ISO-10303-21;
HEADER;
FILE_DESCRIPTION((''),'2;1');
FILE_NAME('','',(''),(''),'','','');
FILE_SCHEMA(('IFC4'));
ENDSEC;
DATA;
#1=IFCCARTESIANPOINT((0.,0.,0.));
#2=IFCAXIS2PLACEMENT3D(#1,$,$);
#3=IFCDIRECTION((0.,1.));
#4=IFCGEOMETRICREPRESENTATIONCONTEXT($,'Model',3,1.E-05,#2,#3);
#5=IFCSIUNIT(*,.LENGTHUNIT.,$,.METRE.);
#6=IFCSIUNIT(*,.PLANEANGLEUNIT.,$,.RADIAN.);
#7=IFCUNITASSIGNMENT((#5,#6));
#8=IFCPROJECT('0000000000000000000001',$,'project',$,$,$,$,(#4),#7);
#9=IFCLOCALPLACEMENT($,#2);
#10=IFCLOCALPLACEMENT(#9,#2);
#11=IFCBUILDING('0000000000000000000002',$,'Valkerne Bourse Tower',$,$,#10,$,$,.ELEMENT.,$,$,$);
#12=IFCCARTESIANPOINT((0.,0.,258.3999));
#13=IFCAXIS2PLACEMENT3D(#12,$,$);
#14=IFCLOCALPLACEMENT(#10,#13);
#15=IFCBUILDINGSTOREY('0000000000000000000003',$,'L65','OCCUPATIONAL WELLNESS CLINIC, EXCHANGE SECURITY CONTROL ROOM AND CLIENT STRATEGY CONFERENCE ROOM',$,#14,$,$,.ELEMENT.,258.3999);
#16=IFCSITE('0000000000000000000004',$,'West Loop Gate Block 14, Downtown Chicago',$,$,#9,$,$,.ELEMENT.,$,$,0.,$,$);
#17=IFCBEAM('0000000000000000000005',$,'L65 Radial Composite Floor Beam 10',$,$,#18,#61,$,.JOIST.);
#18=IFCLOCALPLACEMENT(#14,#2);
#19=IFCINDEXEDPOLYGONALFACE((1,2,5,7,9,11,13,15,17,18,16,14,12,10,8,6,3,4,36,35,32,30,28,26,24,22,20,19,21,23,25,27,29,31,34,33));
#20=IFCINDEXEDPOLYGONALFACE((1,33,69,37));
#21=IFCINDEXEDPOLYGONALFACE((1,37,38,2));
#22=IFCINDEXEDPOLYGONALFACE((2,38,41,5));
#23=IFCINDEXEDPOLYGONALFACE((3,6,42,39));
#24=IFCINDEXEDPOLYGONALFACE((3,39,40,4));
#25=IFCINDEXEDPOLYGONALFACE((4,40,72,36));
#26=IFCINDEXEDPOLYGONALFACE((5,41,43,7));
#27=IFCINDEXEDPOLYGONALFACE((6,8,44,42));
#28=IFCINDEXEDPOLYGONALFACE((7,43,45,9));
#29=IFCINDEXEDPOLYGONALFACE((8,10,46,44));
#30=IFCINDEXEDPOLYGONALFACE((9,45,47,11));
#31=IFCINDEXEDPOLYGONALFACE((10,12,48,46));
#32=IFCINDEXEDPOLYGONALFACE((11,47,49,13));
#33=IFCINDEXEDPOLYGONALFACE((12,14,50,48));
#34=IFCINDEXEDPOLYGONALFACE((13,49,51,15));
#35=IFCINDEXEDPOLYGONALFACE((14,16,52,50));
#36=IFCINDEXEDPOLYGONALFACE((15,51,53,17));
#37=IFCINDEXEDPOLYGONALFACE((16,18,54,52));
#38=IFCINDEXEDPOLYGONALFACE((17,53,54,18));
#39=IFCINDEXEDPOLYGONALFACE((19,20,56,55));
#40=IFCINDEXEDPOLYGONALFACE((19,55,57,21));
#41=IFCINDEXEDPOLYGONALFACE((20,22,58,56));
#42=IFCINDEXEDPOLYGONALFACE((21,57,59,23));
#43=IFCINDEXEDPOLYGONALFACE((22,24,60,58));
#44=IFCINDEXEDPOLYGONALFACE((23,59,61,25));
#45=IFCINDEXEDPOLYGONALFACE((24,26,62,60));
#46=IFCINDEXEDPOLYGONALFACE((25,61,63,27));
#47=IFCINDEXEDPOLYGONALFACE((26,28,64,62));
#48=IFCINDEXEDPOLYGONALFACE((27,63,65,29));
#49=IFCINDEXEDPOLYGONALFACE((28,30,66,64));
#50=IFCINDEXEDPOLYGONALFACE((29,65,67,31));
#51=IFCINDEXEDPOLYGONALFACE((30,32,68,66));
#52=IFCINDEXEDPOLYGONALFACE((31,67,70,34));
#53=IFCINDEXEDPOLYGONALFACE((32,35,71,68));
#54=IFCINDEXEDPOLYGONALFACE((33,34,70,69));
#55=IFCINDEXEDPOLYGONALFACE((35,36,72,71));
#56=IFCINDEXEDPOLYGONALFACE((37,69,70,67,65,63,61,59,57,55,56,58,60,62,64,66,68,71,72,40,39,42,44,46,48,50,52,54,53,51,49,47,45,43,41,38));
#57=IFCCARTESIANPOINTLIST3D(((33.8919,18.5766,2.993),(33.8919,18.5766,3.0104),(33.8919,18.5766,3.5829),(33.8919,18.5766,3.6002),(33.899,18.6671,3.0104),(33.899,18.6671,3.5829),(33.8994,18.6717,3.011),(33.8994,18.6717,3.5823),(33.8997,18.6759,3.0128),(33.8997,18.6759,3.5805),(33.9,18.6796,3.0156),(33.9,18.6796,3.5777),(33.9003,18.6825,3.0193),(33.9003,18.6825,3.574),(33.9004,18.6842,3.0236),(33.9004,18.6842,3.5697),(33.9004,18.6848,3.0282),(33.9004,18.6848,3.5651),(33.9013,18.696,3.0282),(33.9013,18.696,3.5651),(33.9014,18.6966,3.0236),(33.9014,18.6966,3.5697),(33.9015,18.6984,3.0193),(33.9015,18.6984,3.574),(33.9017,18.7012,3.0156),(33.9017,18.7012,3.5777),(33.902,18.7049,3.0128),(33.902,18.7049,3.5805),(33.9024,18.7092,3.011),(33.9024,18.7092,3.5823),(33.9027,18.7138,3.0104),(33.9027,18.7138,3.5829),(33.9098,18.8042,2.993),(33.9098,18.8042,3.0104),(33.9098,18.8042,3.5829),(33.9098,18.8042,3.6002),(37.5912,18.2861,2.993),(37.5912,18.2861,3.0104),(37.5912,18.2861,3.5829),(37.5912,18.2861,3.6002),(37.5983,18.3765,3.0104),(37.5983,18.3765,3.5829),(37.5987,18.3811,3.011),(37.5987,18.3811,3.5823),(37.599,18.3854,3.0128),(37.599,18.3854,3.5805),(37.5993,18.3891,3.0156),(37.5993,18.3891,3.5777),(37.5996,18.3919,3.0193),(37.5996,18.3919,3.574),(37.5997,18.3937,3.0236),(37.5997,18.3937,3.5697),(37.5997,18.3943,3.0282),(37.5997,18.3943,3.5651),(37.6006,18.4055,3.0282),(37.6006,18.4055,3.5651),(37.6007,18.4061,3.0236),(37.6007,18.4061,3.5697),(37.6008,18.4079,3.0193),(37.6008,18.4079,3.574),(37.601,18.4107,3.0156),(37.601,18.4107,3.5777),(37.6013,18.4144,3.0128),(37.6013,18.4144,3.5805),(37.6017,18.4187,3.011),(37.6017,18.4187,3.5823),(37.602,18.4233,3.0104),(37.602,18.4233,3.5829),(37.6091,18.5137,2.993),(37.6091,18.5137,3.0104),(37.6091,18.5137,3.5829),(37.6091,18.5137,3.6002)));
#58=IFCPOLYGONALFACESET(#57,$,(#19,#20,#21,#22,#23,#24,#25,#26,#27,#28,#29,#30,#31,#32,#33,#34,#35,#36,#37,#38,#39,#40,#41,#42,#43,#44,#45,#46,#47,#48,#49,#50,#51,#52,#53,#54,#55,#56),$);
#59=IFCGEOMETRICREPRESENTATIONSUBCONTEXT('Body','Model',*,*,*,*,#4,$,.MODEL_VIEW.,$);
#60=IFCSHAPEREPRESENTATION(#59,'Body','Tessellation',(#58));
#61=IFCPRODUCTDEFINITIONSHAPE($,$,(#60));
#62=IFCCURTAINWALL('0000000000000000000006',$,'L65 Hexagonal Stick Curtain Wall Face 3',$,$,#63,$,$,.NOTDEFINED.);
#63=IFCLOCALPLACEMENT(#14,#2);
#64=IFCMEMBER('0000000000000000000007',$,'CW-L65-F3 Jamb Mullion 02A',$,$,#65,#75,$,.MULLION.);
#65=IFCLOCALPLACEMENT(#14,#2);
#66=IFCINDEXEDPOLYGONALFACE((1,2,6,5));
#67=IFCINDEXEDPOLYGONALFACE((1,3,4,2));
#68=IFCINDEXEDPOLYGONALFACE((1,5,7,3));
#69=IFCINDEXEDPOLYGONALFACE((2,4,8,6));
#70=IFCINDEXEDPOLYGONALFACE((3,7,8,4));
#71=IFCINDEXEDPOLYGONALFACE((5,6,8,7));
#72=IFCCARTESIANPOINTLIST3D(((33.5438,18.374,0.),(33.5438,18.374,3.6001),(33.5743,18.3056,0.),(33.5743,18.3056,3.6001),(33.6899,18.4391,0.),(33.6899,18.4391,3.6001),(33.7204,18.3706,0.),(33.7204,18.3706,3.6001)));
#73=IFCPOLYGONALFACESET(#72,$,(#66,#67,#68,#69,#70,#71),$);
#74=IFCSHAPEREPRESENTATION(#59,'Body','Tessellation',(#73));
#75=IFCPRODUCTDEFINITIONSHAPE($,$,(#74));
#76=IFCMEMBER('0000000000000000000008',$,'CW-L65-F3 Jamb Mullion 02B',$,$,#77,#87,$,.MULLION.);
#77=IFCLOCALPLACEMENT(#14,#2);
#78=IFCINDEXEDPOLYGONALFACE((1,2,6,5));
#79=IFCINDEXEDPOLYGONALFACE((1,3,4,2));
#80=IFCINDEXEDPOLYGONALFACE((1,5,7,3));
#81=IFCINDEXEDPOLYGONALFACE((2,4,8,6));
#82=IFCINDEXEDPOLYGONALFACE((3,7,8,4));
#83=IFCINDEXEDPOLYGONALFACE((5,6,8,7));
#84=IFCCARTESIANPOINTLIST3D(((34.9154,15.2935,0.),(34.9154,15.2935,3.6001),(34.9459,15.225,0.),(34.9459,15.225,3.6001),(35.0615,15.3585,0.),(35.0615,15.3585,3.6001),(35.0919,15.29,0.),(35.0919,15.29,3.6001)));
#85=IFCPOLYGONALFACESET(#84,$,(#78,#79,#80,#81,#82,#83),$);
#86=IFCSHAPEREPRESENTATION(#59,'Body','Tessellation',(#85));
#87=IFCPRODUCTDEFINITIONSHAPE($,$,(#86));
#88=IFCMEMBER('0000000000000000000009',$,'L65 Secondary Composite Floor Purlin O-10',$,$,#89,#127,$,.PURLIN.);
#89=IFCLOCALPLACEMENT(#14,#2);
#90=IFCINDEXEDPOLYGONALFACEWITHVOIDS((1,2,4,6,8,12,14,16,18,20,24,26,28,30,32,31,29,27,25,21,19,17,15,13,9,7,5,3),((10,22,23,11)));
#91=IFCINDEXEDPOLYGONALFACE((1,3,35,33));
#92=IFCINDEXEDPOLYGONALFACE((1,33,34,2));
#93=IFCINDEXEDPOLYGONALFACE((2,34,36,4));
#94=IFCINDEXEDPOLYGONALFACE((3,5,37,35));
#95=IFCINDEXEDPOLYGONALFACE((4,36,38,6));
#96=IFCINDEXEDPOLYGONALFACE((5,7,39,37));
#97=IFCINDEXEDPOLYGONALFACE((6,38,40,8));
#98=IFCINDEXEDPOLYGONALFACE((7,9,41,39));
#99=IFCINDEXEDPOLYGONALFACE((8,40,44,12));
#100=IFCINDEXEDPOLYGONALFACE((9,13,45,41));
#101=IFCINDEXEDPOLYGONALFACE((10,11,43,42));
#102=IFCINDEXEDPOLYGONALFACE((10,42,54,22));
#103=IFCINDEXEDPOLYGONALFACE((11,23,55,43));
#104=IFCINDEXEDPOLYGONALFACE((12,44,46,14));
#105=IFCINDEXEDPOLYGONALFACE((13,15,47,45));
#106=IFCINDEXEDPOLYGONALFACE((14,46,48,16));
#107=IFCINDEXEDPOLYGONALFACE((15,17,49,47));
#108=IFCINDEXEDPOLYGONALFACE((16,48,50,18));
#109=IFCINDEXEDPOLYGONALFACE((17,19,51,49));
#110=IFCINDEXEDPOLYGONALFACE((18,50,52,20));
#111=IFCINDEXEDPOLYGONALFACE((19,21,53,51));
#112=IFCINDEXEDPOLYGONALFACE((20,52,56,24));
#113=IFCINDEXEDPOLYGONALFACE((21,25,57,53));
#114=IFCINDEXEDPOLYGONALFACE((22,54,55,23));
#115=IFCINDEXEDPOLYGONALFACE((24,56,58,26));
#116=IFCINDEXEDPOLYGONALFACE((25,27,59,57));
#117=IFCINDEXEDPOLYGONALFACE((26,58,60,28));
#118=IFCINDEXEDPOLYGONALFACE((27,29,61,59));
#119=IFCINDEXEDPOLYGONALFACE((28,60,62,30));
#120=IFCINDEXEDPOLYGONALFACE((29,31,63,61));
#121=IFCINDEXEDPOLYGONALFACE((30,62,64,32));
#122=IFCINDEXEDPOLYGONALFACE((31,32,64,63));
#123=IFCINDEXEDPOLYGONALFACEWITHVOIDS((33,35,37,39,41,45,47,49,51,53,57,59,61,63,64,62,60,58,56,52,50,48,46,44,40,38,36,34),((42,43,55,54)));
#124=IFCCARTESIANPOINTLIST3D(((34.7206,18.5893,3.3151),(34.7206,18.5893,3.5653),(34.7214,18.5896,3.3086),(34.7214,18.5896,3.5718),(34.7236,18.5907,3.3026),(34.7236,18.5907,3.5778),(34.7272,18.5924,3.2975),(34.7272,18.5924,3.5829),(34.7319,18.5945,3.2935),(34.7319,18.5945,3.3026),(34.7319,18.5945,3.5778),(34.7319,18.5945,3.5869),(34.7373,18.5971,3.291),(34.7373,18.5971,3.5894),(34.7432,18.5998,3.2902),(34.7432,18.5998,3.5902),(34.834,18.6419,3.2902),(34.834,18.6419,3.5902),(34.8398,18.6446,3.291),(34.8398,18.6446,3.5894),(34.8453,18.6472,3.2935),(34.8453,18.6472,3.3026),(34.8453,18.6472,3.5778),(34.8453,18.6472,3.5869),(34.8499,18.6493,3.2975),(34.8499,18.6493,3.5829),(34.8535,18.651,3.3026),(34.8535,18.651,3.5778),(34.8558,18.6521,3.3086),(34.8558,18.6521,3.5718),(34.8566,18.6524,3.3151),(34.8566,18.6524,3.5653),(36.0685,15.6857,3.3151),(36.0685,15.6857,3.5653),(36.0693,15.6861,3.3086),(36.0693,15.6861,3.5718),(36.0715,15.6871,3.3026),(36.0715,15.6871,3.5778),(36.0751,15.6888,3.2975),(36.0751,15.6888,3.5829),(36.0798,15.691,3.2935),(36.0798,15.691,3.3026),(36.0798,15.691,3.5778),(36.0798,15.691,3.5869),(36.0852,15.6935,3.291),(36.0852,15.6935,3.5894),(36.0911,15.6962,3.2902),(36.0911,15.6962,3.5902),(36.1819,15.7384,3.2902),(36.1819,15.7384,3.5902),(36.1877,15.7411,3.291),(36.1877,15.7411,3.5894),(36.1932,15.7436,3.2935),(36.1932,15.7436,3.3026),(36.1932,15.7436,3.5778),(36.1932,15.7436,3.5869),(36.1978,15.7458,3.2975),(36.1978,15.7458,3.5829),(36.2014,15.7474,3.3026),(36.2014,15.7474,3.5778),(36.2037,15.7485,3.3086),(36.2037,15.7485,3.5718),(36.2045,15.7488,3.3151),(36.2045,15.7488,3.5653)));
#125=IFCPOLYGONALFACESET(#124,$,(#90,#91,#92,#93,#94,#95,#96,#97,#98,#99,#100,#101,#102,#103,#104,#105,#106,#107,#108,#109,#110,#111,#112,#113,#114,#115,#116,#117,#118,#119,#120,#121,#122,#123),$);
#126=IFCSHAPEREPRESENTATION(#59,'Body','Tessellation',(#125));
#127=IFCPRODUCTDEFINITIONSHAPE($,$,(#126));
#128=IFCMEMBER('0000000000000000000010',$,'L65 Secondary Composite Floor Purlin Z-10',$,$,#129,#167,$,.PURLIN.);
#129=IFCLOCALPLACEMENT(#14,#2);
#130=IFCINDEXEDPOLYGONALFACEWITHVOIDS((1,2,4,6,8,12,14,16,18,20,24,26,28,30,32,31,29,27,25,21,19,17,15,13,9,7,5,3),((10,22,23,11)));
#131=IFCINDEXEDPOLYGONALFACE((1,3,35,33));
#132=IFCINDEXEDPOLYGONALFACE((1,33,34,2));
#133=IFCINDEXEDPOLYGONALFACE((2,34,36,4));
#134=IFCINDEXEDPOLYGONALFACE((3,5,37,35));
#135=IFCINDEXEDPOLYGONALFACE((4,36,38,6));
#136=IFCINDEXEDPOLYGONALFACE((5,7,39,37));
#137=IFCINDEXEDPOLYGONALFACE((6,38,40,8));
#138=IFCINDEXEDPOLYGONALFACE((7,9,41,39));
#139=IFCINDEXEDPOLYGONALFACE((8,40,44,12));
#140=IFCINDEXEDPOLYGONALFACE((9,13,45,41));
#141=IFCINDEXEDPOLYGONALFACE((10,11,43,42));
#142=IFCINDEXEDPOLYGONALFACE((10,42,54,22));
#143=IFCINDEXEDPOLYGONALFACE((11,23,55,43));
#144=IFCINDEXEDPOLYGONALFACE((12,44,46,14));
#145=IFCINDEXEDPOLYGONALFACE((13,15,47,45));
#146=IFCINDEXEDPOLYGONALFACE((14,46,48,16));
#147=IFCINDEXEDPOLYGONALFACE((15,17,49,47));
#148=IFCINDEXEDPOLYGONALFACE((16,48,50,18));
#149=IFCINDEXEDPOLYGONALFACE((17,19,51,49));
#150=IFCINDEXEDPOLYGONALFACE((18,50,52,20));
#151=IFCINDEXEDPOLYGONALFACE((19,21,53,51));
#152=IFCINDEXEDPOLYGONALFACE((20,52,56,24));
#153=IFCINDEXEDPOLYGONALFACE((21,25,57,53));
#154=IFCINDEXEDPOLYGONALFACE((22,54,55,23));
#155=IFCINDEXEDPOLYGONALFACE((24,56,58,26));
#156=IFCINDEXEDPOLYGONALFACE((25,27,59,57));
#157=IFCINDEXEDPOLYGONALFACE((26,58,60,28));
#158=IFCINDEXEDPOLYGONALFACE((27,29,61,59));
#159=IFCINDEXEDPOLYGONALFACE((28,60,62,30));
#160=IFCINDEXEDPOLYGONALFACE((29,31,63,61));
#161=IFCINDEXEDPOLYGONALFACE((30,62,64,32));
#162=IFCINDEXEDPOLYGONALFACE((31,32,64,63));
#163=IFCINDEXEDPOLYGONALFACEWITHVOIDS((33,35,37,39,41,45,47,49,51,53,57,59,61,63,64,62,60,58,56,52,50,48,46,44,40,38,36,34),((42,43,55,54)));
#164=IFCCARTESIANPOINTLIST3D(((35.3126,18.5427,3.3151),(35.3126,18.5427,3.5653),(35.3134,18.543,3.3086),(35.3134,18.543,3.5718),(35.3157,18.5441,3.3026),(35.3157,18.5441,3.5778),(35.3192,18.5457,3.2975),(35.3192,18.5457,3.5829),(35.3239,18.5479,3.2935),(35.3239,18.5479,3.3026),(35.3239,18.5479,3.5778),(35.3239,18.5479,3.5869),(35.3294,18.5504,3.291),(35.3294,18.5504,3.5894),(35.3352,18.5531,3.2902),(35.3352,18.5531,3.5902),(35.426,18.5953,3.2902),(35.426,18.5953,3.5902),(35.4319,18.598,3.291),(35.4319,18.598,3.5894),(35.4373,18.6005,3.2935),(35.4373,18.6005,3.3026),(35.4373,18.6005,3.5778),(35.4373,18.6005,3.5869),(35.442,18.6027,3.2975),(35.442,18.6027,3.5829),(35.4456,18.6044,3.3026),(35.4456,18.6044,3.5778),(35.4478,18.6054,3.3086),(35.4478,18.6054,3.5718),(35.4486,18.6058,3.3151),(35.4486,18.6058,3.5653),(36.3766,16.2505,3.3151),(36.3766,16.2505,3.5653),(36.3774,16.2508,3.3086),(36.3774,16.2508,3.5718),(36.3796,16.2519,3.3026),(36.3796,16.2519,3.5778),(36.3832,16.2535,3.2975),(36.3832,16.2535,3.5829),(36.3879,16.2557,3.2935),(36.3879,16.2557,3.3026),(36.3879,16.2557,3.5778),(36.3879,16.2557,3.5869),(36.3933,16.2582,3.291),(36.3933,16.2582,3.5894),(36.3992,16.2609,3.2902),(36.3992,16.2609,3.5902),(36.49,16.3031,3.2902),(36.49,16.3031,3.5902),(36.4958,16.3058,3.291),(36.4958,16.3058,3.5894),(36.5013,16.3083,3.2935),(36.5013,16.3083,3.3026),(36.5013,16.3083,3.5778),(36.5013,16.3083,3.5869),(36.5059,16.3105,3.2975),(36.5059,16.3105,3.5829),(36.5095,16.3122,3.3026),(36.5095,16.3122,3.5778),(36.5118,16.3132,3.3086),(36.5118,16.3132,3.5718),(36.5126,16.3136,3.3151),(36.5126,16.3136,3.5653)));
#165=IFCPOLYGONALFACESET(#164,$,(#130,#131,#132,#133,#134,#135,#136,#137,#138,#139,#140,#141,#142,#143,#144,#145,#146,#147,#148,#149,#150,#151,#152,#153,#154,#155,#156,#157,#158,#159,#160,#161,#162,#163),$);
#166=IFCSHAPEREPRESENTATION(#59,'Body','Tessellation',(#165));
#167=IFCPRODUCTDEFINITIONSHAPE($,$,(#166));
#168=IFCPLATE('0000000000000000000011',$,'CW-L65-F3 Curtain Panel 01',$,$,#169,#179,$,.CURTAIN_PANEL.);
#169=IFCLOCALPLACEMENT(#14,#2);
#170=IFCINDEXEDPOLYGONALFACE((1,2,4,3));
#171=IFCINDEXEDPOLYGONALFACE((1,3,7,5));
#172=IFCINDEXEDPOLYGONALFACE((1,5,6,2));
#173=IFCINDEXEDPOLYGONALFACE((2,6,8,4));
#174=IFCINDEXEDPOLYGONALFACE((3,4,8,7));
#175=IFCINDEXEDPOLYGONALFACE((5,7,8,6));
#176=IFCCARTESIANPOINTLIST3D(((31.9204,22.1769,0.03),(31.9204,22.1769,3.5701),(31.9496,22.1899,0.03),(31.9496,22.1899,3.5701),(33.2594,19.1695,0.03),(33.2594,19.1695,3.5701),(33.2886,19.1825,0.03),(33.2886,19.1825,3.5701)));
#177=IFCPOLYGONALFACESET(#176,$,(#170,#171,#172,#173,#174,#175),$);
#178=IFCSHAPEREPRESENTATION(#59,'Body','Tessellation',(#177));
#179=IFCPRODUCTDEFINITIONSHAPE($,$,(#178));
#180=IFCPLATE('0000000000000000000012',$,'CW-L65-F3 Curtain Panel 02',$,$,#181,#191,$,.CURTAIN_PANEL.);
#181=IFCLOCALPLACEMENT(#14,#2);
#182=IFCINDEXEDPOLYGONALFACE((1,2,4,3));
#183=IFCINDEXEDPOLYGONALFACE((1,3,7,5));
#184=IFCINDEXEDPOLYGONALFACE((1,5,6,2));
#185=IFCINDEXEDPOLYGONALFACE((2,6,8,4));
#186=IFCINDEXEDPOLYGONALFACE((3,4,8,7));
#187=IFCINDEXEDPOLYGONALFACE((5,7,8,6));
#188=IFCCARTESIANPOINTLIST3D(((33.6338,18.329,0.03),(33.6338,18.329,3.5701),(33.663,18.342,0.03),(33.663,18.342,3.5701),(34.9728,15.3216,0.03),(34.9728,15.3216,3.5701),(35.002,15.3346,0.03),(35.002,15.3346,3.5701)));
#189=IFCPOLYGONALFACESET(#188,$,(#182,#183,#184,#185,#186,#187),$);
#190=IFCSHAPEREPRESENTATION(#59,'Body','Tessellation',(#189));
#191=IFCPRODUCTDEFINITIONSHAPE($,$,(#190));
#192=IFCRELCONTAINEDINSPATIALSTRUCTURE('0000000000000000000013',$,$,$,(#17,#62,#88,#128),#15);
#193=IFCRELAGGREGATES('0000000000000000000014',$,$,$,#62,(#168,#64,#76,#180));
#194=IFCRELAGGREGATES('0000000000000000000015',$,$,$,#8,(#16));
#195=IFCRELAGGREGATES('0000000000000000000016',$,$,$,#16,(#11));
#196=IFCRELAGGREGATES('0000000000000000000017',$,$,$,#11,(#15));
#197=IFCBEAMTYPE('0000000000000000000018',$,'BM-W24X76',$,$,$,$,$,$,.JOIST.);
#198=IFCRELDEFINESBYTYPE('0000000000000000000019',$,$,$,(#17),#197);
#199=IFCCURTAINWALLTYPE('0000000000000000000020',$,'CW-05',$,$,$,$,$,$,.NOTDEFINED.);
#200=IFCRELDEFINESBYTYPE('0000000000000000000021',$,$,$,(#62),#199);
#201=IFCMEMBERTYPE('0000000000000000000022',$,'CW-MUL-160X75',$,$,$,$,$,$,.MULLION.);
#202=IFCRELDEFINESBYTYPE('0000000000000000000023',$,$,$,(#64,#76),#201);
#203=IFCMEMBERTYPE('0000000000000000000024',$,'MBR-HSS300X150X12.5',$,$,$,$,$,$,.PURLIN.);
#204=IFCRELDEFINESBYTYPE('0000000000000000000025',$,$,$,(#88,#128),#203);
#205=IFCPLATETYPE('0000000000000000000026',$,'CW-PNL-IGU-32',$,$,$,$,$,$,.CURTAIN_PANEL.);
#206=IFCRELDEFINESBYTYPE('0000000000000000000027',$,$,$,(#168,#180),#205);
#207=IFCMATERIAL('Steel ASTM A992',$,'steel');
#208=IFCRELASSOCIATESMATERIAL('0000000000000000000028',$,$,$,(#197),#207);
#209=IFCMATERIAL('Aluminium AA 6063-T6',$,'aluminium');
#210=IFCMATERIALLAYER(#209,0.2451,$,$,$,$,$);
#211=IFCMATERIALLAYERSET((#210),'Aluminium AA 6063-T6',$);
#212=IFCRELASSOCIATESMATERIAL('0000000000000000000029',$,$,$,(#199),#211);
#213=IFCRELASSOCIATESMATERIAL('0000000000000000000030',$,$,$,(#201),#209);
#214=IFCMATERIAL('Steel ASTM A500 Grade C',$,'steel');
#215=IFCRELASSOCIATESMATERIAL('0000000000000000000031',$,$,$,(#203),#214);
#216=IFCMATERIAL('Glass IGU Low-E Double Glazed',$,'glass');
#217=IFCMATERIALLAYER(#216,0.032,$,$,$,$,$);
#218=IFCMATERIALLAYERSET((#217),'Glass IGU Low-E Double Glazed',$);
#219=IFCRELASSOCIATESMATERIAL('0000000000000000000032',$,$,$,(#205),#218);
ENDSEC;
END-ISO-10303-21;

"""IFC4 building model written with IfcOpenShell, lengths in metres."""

from ifc_helpers import new_model, si_unit, direction, frame, origin, origin_2d, place, context, subcontext, project, spatial, rectangle, hollow_rectangle, i_section, extrude, material, layer, layer_set, material_profile, profile_set, type_object, element, aggregate, save


model = new_model("IFC4")

# Units and contexts
model_context = context("Model", 3, precision=1e-05, world=origin(), true_north=direction((0.0, 1.0)))
body_context = subcontext(model_context, "Body", "Model", "MODEL_VIEW")
ifc_project = project(units=[si_unit("LENGTHUNIT", "METRE"), si_unit("PLANEANGLEUNIT", "RADIAN")], contexts=[model_context])

# Site, building, storey
site_placement = place(None, origin())
site = spatial("IfcSite", under=ifc_project, at=site_placement, Name="West Loop Gate Block 14, Downtown Chicago", CompositionType="ELEMENT", RefElevation=0.0)
building_placement = place(site_placement, origin())
building = spatial("IfcBuilding", under=site, at=building_placement, Name="Valkerne Bourse Tower", CompositionType="ELEMENT")
storey_placement = place(building_placement, frame((0.0, 0.0, 258.3999)))
storey = spatial("IfcBuildingStorey", under=building, at=storey_placement, Name="L65", Description="OCCUPATIONAL WELLNESS CLINIC, EXCHANGE SECURITY CONTROL ROOM AND CLIENT STRATEGY CONFERENCE ROOM", CompositionType="ELEMENT", Elevation=258.3999)

# Beam
ifc_material_1 = material(Name="Steel ASTM A992", Category="steel")
ifc_material_profile_1 = material_profile(ifc_material_1, i_section(OverallWidth=0.2283, OverallDepth=0.6072, WebThickness=0.0112, FlangeThickness=0.0173, FilletRadius=0.0178, at=origin_2d()), Name="W24X76")
ifc_profile_set_1 = profile_set([ifc_material_profile_1], Name="Steel ASTM A992")
beam_type_1 = type_object("IfcBeamType", Name="BM-W24X76", PredefinedType="JOIST", material=ifc_profile_set_1)
beam_1_placement = place(storey_placement, frame((33.9009, 18.6904, 3.2966), z_axis=(0.99693, -0.078296, 0.0), x_axis=(0.078296, 0.99693, 0.0)))
element("IfcBeam", 1, at=beam_1_placement, inside=storey, type_object=beam_type_1, Name="L65 Radial Composite Floor Beam 10", PredefinedType="JOIST", context=body_context, shape_type="SweptSolid", body=[
    extrude(i_section(OverallWidth=0.2283, OverallDepth=0.6072, WebThickness=0.0112, FlangeThickness=0.0173, FilletRadius=0.0178, at=origin_2d()), origin(), (0.0, 0.0, 1.0), 3.7107),
])

# Curtain wall, members
ifc_material_2 = material(Name="Aluminium AA 6063-T6", Category="aluminium")
ifc_layer_1 = layer(ifc_material_2, 0.2451)
ifc_layer_set_1 = layer_set([ifc_layer_1], Name="Aluminium AA 6063-T6")
curtain_wall_type = type_object("IfcCurtainWallType", Name="CW-05", PredefinedType="NOTDEFINED", material=ifc_layer_set_1)
curtain_wall_placement = place(storey_placement, origin())
curtain_wall = element("IfcCurtainWall", 2, at=curtain_wall_placement, inside=storey, type_object=curtain_wall_type, Name="L65 Hexagonal Stick Curtain Wall Face 3", PredefinedType="NOTDEFINED")
ifc_material_profile_2 = material_profile(ifc_material_2, rectangle(XDim=0.075, YDim=0.1599, at=origin_2d()), Name="CWM-75X160")
ifc_profile_set_2 = profile_set([ifc_material_profile_2], Name="Aluminium AA 6063-T6")
member_type_1 = type_object("IfcMemberType", Name="CW-MUL-160X75", PredefinedType="MULLION", material=ifc_profile_set_2)
member_1_placement = place(storey_placement, frame((33.6321, 18.3723, 0.0), z_axis=(0.0, 0.0, 1.0), x_axis=(0.406738, -0.913545, 0.0)))
member_1 = element("IfcMember", 3, at=member_1_placement, type_object=member_type_1, Name="CW-L65-F3 Jamb Mullion 02A", PredefinedType="MULLION", context=body_context, shape_type="SweptSolid", body=[
    extrude(rectangle(XDim=0.075, YDim=0.1599, at=origin_2d()), origin(), (0.0, 0.0, 1.0), 3.6001),
])
member_2_placement = place(storey_placement, frame((35.0037, 15.2917, 0.0), z_axis=(0.0, 0.0, 1.0), x_axis=(0.406738, -0.913545, 0.0)))
member_2 = element("IfcMember", 4, at=member_2_placement, type_object=member_type_1, Name="CW-L65-F3 Jamb Mullion 02B", PredefinedType="MULLION", context=body_context, shape_type="SweptSolid", body=[
    extrude(rectangle(XDim=0.075, YDim=0.1599, at=origin_2d()), origin(), (0.0, 0.0, 1.0), 3.6001),
])

# Members
ifc_material_3 = material(Name="Steel ASTM A500 Grade C", Category="steel")
ifc_material_profile_3 = material_profile(ifc_material_3, hollow_rectangle(XDim=0.1499, YDim=0.3, WallThickness=0.0125, OuterFilletRadius=0.0249, at=origin_2d()), Name="HSS300X150X12.5")
ifc_profile_set_3 = profile_set([ifc_material_profile_3], Name="Steel ASTM A500 Grade C")
member_type_2 = type_object("IfcMemberType", Name="MBR-HSS300X150X12.5", PredefinedType="PURLIN", material=ifc_profile_set_3)
member_3_placement = place(storey_placement, frame((34.7886, 18.6208, 3.4402), z_axis=(0.421064, -0.907031, 0.0), x_axis=(0.907031, 0.421064, 0.0)))
element("IfcMember", 5, at=member_3_placement, inside=storey, type_object=member_type_2, Name="L65 Secondary Composite Floor Purlin O-10", PredefinedType="PURLIN", context=body_context, shape_type="SweptSolid", body=[
    extrude(hollow_rectangle(XDim=0.1499, YDim=0.3, WallThickness=0.0125, OuterFilletRadius=0.0249, at=origin_2d()), origin(), (0.0, 0.0, 1.0), 3.2012),
])
member_4_placement = place(storey_placement, frame((35.3806, 18.5742, 3.4402), z_axis=(0.421018, -0.907052, 0.0), x_axis=(0.907052, 0.421018, 0.0)))
element("IfcMember", 6, at=member_4_placement, inside=storey, type_object=member_type_2, Name="L65 Secondary Composite Floor Purlin Z-10", PredefinedType="PURLIN", context=body_context, shape_type="SweptSolid", body=[
    extrude(hollow_rectangle(XDim=0.1499, YDim=0.3, WallThickness=0.0125, OuterFilletRadius=0.0249, at=origin_2d()), origin(), (0.0, 0.0, 1.0), 2.5271),
])

# Plates
ifc_material_4 = material(Name="Glass IGU Low-E Double Glazed", Category="glass")
ifc_layer_2 = layer(ifc_material_4, 0.032)
ifc_layer_set_2 = layer_set([ifc_layer_2], Name="Glass IGU Low-E Double Glazed")
plate_type = type_object("IfcPlateType", Name="CW-PNL-IGU-32", PredefinedType="CURTAIN_PANEL", material=ifc_layer_set_2)
plate_1_placement = place(storey_placement, frame((32.6045, 20.6797, 0.03), z_axis=(0.0, 0.0, 1.0), x_axis=(0.406727, -0.91355, 0.0)))
plate_1 = element("IfcPlate", 7, at=plate_1_placement, type_object=plate_type, Name="CW-L65-F3 Curtain Panel 01", PredefinedType="CURTAIN_PANEL", context=body_context, shape_type="SweptSolid", body=[
    extrude(rectangle(XDim=3.292, YDim=0.032, at=origin_2d()), origin(), (0.0, 0.0, 1.0), 3.54),
])
plate_2_placement = place(storey_placement, frame((34.3179, 16.8318, 0.03), z_axis=(0.0, 0.0, 1.0), x_axis=(0.406738, -0.913545, 0.0)))
plate_2 = element("IfcPlate", 8, at=plate_2_placement, type_object=plate_type, Name="CW-L65-F3 Curtain Panel 02", PredefinedType="CURTAIN_PANEL", context=body_context, shape_type="SweptSolid", body=[
    extrude(rectangle(XDim=3.292, YDim=0.032, at=origin_2d()), origin(), (0.0, 0.0, 1.0), 3.54),
])
aggregate(curtain_wall, [plate_1, member_1, member_2, plate_2])

save(model, "model.ifc")
